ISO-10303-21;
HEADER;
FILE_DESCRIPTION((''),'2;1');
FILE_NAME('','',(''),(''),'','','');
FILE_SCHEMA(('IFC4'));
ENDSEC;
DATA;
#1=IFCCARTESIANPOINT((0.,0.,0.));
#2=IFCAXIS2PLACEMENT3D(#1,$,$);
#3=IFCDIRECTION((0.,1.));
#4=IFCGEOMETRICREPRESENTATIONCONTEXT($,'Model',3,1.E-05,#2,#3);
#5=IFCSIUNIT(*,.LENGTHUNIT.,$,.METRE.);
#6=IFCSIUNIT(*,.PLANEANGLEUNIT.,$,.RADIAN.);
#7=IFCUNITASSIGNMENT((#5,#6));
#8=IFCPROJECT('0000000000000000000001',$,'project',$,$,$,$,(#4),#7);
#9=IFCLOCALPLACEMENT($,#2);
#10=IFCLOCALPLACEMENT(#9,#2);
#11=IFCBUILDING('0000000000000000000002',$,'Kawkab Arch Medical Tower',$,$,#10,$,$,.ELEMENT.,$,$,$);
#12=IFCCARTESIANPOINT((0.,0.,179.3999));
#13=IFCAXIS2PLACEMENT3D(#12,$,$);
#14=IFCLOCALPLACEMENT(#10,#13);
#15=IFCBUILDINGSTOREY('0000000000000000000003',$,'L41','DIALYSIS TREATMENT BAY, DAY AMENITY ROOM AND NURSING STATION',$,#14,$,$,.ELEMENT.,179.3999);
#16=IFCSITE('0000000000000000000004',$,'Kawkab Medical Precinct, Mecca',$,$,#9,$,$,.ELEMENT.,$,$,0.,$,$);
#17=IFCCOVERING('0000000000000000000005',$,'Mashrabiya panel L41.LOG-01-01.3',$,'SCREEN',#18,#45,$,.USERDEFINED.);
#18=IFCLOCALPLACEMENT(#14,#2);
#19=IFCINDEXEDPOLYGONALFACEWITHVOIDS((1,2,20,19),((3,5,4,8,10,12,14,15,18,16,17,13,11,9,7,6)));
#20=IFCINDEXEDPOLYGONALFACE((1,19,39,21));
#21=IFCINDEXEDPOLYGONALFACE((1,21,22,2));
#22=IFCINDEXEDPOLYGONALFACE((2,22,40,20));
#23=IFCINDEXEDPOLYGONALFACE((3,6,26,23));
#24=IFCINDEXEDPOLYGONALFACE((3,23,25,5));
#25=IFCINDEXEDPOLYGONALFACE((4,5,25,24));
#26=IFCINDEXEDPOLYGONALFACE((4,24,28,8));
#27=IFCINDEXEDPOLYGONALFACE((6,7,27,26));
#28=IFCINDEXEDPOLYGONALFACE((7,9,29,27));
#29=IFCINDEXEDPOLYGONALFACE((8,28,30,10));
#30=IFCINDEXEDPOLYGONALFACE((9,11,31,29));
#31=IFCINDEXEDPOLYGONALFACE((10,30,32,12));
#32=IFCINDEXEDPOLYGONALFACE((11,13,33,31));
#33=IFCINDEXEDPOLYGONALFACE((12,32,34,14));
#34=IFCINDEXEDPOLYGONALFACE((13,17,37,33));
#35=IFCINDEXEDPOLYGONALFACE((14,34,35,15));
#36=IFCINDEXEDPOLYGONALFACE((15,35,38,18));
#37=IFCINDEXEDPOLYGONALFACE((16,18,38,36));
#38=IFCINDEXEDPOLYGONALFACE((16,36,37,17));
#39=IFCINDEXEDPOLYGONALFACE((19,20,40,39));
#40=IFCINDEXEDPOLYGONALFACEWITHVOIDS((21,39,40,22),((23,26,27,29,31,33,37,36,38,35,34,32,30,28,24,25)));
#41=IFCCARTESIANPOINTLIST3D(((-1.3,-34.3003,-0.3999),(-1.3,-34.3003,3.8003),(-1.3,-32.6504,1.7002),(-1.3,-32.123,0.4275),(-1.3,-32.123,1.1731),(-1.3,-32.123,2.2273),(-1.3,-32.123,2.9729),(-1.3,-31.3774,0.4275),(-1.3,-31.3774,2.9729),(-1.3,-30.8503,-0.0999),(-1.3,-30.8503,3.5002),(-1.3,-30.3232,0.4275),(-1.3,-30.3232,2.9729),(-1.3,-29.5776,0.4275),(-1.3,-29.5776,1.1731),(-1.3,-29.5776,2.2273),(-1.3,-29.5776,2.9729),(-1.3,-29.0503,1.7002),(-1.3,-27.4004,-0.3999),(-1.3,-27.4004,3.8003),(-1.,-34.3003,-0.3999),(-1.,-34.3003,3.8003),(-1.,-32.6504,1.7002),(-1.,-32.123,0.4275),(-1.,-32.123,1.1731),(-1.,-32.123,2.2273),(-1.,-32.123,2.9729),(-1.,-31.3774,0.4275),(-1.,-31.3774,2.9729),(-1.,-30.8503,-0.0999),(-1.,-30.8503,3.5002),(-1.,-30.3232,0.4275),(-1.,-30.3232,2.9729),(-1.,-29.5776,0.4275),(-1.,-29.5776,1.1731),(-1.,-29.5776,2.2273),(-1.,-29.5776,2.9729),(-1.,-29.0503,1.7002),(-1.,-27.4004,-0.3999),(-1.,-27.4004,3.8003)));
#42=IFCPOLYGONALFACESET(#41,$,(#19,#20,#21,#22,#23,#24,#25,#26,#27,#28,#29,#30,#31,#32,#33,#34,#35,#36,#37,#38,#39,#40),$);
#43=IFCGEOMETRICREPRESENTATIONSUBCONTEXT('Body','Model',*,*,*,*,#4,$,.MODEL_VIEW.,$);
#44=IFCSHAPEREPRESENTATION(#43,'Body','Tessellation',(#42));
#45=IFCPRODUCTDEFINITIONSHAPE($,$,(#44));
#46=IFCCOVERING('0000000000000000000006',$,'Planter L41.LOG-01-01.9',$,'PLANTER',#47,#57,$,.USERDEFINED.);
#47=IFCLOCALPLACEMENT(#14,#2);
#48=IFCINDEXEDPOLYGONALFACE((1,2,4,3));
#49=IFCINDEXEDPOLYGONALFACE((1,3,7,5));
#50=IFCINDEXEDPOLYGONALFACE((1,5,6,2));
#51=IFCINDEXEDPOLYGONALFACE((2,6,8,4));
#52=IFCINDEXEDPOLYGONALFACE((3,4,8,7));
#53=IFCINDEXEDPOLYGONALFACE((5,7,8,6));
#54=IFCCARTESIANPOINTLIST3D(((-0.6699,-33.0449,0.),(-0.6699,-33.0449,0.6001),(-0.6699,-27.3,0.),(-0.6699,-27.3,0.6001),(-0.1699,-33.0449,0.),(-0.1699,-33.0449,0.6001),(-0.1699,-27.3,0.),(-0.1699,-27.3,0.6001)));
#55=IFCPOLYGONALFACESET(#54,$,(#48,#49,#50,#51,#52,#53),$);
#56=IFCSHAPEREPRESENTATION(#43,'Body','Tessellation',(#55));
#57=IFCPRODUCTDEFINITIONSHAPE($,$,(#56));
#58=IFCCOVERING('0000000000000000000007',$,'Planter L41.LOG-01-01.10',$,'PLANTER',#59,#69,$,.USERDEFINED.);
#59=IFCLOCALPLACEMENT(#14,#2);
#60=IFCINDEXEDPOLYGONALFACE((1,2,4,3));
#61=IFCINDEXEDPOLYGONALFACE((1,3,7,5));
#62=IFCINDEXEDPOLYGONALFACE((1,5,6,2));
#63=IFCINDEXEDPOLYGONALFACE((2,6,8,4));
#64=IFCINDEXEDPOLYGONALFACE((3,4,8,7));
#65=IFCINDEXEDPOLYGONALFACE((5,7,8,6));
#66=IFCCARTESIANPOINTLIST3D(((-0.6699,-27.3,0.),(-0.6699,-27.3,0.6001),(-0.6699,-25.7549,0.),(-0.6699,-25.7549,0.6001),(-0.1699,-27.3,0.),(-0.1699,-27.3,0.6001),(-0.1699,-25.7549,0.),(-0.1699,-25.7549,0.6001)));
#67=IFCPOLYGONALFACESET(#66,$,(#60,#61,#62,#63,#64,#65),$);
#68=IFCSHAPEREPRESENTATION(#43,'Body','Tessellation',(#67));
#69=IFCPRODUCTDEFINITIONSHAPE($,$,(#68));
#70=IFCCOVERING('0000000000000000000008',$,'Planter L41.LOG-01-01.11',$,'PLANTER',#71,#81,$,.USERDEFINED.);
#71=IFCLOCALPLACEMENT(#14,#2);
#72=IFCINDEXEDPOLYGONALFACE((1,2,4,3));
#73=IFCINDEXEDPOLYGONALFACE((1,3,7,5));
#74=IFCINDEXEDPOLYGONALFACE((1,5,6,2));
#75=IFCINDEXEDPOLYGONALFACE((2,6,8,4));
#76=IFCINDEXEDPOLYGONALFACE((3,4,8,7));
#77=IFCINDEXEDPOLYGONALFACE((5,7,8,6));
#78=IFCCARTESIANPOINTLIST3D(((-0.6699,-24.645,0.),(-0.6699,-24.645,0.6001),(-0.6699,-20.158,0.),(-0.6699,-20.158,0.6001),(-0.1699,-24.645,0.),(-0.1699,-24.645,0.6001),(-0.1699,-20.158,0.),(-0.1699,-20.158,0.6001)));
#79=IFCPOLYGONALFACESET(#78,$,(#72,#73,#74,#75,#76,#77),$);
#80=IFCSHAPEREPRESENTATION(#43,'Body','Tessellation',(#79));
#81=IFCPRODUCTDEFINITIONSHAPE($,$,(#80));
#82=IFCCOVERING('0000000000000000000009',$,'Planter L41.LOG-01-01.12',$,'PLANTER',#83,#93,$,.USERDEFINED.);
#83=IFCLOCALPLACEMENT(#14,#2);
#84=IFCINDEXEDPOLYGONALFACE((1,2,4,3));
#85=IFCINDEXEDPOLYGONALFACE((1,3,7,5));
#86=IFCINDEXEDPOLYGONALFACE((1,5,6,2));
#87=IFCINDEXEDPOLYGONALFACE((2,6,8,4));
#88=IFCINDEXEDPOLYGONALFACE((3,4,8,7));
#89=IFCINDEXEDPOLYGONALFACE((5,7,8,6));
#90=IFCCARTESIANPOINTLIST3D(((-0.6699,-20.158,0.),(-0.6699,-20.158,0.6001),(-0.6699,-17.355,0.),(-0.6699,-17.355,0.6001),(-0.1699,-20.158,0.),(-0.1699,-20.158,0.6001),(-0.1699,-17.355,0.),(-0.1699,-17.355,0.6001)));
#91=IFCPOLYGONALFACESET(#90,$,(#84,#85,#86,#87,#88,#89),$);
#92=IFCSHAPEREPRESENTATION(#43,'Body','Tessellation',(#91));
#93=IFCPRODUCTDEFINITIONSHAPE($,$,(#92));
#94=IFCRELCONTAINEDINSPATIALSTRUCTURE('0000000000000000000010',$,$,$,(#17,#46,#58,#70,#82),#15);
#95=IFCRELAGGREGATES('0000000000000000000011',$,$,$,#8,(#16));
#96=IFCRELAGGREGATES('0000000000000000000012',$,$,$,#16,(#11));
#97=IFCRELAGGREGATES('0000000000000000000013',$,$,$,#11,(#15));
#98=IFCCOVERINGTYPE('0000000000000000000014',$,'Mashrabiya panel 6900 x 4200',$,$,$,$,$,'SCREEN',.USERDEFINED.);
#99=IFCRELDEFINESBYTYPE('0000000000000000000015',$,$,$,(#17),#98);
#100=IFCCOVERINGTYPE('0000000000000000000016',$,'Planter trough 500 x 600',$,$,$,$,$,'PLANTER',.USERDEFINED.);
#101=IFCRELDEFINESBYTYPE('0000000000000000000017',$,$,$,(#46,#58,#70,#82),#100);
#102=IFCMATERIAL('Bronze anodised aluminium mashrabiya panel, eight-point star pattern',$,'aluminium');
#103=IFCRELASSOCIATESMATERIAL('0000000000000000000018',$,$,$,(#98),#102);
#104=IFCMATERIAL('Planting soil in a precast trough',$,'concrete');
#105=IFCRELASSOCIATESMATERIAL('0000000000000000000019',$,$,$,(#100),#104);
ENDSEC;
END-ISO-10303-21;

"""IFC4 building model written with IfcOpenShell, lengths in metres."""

from ifc_helpers import new_model, si_unit, direction, frame, origin, origin_2d, place, context, subcontext, project, spatial, polyline, rectangle, outline, extrude, material, material_profile, profile_set, type_object, element, save


model = new_model("IFC4")

# Units and contexts
model_context = context("Model", 3, precision=1e-05, world=origin(), true_north=direction((0.0, 1.0)))
body_context = subcontext(model_context, "Body", "Model", "MODEL_VIEW")
ifc_project = project(units=[si_unit("LENGTHUNIT", "METRE"), si_unit("PLANEANGLEUNIT", "RADIAN")], contexts=[model_context])

# Site, building, storey
site_placement = place(None, origin())
site = spatial("IfcSite", under=ifc_project, at=site_placement, Name="Kawkab Medical Precinct, Mecca", CompositionType="ELEMENT", RefElevation=0.0)
building_placement = place(site_placement, origin())
building = spatial("IfcBuilding", under=site, at=building_placement, Name="Kawkab Arch Medical Tower", CompositionType="ELEMENT")
storey_placement = place(building_placement, frame((0.0, 0.0, 179.3999)))
storey = spatial("IfcBuildingStorey", under=building, at=storey_placement, Name="L41", Description="DIALYSIS TREATMENT BAY, DAY AMENITY ROOM AND NURSING STATION", CompositionType="ELEMENT", Elevation=179.3999)

# Coverings
ifc_material_1 = material(Name="Bronze anodised aluminium mashrabiya panel, eight-point star pattern", Category="aluminium")
ifc_material_profile_1 = material_profile(ifc_material_1, outline(polyline([(-3.45, -2.1001), (3.45, -2.1001), (3.45, 2.1001), (-3.45, 2.1001), (-3.45, -2.1001)]), holes=[polyline([(1.8, 0.0), (1.2727, 0.5271), (1.2727, 1.2727), (0.5271, 1.2727), (0.0, 1.8), (-0.5271, 1.2727), (-1.2727, 1.2727), (-1.2727, 0.5271), (-1.8, 0.0), (-1.2727, -0.5271), (-1.2727, -1.2727), (-0.5271, -1.2727), (0.0, -1.8), (0.5271, -1.2727), (1.2727, -1.2727), (1.2727, -0.5271), (1.8, 0.0)])]), Name="Mashrabiya panel 6900x4200")
ifc_profile_set_1 = profile_set([ifc_material_profile_1], Name="Bronze anodised aluminium mashrabiya panel, eight-point star pattern")
covering_type_1 = type_object("IfcCoveringType", Name="Mashrabiya panel 6900 x 4200", ElementType="SCREEN", PredefinedType="USERDEFINED", material=ifc_profile_set_1)
covering_1_placement = place(storey_placement, frame((-1.0, -30.8503, 1.7002), z_axis=(-1.0, 0.0, 0.0), x_axis=(0.0, -1.0, 0.0)))
element("IfcCovering", 1, at=covering_1_placement, inside=storey, type_object=covering_type_1, Name="Mashrabiya panel L41.LOG-01-01.3", ObjectType="SCREEN", PredefinedType="USERDEFINED", context=body_context, shape_type="SweptSolid", body=[
    extrude(outline(polyline([(-3.45, -2.1001), (3.45, -2.1001), (3.45, 2.1001), (-3.45, 2.1001), (-3.45, -2.1001)]), holes=[polyline([(1.8, 0.0), (1.2727, 0.5271), (1.2727, 1.2727), (0.5271, 1.2727), (0.0, 1.8), (-0.5271, 1.2727), (-1.2727, 1.2727), (-1.2727, 0.5271), (-1.8, 0.0), (-1.2727, -0.5271), (-1.2727, -1.2727), (-0.5271, -1.2727), (0.0, -1.8), (0.5271, -1.2727), (1.2727, -1.2727), (1.2727, -0.5271), (1.8, 0.0)])]), origin(), (0.0, 0.0, 1.0), 0.3),
])
ifc_material_2 = material(Name="Planting soil in a precast trough", Category="concrete")
ifc_material_profile_2 = material_profile(ifc_material_2, rectangle(XDim=0.5, YDim=0.6001, at=origin_2d()), Name="Trough 500x600")
ifc_profile_set_2 = profile_set([ifc_material_profile_2], Name="Planting soil in a precast trough")
covering_type_2 = type_object("IfcCoveringType", Name="Planter trough 500 x 600", ElementType="PLANTER", PredefinedType="USERDEFINED", material=ifc_profile_set_2)
covering_2_placement = place(storey_placement, frame((-0.4199, -33.0449, 0.3), z_axis=(0.0, 1.0, 0.0), x_axis=(-1.0, 0.0, 0.0)))
element("IfcCovering", 2, at=covering_2_placement, inside=storey, type_object=covering_type_2, Name="Planter L41.LOG-01-01.9", ObjectType="PLANTER", PredefinedType="USERDEFINED", context=body_context, shape_type="SweptSolid", body=[
    extrude(rectangle(XDim=0.5, YDim=0.6001, at=origin_2d()), origin(), (0.0, 0.0, 1.0), 5.7449),
])
covering_3_placement = place(storey_placement, frame((-0.4199, -27.3, 0.3), z_axis=(0.0, 1.0, 0.0), x_axis=(-1.0, 0.0, 0.0)))
element("IfcCovering", 3, at=covering_3_placement, inside=storey, type_object=covering_type_2, Name="Planter L41.LOG-01-01.10", ObjectType="PLANTER", PredefinedType="USERDEFINED", context=body_context, shape_type="SweptSolid", body=[
    extrude(rectangle(XDim=0.5, YDim=0.6001, at=origin_2d()), origin(), (0.0, 0.0, 1.0), 1.5452),
])
covering_4_placement = place(storey_placement, frame((-0.4199, -24.645, 0.3), z_axis=(0.0, 1.0, 0.0), x_axis=(-1.0, 0.0, 0.0)))
element("IfcCovering", 4, at=covering_4_placement, inside=storey, type_object=covering_type_2, Name="Planter L41.LOG-01-01.11", ObjectType="PLANTER", PredefinedType="USERDEFINED", context=body_context, shape_type="SweptSolid", body=[
    extrude(rectangle(XDim=0.5, YDim=0.6001, at=origin_2d()), origin(), (0.0, 0.0, 1.0), 4.4871),
])
covering_5_placement = place(storey_placement, frame((-0.4199, -20.158, 0.3), z_axis=(0.0, 1.0, 0.0), x_axis=(-1.0, 0.0, 0.0)))
element("IfcCovering", 5, at=covering_5_placement, inside=storey, type_object=covering_type_2, Name="Planter L41.LOG-01-01.12", ObjectType="PLANTER", PredefinedType="USERDEFINED", context=body_context, shape_type="SweptSolid", body=[
    extrude(rectangle(XDim=0.5, YDim=0.6001, at=origin_2d()), origin(), (0.0, 0.0, 1.0), 2.803),
])

save(model, "model.ifc")
